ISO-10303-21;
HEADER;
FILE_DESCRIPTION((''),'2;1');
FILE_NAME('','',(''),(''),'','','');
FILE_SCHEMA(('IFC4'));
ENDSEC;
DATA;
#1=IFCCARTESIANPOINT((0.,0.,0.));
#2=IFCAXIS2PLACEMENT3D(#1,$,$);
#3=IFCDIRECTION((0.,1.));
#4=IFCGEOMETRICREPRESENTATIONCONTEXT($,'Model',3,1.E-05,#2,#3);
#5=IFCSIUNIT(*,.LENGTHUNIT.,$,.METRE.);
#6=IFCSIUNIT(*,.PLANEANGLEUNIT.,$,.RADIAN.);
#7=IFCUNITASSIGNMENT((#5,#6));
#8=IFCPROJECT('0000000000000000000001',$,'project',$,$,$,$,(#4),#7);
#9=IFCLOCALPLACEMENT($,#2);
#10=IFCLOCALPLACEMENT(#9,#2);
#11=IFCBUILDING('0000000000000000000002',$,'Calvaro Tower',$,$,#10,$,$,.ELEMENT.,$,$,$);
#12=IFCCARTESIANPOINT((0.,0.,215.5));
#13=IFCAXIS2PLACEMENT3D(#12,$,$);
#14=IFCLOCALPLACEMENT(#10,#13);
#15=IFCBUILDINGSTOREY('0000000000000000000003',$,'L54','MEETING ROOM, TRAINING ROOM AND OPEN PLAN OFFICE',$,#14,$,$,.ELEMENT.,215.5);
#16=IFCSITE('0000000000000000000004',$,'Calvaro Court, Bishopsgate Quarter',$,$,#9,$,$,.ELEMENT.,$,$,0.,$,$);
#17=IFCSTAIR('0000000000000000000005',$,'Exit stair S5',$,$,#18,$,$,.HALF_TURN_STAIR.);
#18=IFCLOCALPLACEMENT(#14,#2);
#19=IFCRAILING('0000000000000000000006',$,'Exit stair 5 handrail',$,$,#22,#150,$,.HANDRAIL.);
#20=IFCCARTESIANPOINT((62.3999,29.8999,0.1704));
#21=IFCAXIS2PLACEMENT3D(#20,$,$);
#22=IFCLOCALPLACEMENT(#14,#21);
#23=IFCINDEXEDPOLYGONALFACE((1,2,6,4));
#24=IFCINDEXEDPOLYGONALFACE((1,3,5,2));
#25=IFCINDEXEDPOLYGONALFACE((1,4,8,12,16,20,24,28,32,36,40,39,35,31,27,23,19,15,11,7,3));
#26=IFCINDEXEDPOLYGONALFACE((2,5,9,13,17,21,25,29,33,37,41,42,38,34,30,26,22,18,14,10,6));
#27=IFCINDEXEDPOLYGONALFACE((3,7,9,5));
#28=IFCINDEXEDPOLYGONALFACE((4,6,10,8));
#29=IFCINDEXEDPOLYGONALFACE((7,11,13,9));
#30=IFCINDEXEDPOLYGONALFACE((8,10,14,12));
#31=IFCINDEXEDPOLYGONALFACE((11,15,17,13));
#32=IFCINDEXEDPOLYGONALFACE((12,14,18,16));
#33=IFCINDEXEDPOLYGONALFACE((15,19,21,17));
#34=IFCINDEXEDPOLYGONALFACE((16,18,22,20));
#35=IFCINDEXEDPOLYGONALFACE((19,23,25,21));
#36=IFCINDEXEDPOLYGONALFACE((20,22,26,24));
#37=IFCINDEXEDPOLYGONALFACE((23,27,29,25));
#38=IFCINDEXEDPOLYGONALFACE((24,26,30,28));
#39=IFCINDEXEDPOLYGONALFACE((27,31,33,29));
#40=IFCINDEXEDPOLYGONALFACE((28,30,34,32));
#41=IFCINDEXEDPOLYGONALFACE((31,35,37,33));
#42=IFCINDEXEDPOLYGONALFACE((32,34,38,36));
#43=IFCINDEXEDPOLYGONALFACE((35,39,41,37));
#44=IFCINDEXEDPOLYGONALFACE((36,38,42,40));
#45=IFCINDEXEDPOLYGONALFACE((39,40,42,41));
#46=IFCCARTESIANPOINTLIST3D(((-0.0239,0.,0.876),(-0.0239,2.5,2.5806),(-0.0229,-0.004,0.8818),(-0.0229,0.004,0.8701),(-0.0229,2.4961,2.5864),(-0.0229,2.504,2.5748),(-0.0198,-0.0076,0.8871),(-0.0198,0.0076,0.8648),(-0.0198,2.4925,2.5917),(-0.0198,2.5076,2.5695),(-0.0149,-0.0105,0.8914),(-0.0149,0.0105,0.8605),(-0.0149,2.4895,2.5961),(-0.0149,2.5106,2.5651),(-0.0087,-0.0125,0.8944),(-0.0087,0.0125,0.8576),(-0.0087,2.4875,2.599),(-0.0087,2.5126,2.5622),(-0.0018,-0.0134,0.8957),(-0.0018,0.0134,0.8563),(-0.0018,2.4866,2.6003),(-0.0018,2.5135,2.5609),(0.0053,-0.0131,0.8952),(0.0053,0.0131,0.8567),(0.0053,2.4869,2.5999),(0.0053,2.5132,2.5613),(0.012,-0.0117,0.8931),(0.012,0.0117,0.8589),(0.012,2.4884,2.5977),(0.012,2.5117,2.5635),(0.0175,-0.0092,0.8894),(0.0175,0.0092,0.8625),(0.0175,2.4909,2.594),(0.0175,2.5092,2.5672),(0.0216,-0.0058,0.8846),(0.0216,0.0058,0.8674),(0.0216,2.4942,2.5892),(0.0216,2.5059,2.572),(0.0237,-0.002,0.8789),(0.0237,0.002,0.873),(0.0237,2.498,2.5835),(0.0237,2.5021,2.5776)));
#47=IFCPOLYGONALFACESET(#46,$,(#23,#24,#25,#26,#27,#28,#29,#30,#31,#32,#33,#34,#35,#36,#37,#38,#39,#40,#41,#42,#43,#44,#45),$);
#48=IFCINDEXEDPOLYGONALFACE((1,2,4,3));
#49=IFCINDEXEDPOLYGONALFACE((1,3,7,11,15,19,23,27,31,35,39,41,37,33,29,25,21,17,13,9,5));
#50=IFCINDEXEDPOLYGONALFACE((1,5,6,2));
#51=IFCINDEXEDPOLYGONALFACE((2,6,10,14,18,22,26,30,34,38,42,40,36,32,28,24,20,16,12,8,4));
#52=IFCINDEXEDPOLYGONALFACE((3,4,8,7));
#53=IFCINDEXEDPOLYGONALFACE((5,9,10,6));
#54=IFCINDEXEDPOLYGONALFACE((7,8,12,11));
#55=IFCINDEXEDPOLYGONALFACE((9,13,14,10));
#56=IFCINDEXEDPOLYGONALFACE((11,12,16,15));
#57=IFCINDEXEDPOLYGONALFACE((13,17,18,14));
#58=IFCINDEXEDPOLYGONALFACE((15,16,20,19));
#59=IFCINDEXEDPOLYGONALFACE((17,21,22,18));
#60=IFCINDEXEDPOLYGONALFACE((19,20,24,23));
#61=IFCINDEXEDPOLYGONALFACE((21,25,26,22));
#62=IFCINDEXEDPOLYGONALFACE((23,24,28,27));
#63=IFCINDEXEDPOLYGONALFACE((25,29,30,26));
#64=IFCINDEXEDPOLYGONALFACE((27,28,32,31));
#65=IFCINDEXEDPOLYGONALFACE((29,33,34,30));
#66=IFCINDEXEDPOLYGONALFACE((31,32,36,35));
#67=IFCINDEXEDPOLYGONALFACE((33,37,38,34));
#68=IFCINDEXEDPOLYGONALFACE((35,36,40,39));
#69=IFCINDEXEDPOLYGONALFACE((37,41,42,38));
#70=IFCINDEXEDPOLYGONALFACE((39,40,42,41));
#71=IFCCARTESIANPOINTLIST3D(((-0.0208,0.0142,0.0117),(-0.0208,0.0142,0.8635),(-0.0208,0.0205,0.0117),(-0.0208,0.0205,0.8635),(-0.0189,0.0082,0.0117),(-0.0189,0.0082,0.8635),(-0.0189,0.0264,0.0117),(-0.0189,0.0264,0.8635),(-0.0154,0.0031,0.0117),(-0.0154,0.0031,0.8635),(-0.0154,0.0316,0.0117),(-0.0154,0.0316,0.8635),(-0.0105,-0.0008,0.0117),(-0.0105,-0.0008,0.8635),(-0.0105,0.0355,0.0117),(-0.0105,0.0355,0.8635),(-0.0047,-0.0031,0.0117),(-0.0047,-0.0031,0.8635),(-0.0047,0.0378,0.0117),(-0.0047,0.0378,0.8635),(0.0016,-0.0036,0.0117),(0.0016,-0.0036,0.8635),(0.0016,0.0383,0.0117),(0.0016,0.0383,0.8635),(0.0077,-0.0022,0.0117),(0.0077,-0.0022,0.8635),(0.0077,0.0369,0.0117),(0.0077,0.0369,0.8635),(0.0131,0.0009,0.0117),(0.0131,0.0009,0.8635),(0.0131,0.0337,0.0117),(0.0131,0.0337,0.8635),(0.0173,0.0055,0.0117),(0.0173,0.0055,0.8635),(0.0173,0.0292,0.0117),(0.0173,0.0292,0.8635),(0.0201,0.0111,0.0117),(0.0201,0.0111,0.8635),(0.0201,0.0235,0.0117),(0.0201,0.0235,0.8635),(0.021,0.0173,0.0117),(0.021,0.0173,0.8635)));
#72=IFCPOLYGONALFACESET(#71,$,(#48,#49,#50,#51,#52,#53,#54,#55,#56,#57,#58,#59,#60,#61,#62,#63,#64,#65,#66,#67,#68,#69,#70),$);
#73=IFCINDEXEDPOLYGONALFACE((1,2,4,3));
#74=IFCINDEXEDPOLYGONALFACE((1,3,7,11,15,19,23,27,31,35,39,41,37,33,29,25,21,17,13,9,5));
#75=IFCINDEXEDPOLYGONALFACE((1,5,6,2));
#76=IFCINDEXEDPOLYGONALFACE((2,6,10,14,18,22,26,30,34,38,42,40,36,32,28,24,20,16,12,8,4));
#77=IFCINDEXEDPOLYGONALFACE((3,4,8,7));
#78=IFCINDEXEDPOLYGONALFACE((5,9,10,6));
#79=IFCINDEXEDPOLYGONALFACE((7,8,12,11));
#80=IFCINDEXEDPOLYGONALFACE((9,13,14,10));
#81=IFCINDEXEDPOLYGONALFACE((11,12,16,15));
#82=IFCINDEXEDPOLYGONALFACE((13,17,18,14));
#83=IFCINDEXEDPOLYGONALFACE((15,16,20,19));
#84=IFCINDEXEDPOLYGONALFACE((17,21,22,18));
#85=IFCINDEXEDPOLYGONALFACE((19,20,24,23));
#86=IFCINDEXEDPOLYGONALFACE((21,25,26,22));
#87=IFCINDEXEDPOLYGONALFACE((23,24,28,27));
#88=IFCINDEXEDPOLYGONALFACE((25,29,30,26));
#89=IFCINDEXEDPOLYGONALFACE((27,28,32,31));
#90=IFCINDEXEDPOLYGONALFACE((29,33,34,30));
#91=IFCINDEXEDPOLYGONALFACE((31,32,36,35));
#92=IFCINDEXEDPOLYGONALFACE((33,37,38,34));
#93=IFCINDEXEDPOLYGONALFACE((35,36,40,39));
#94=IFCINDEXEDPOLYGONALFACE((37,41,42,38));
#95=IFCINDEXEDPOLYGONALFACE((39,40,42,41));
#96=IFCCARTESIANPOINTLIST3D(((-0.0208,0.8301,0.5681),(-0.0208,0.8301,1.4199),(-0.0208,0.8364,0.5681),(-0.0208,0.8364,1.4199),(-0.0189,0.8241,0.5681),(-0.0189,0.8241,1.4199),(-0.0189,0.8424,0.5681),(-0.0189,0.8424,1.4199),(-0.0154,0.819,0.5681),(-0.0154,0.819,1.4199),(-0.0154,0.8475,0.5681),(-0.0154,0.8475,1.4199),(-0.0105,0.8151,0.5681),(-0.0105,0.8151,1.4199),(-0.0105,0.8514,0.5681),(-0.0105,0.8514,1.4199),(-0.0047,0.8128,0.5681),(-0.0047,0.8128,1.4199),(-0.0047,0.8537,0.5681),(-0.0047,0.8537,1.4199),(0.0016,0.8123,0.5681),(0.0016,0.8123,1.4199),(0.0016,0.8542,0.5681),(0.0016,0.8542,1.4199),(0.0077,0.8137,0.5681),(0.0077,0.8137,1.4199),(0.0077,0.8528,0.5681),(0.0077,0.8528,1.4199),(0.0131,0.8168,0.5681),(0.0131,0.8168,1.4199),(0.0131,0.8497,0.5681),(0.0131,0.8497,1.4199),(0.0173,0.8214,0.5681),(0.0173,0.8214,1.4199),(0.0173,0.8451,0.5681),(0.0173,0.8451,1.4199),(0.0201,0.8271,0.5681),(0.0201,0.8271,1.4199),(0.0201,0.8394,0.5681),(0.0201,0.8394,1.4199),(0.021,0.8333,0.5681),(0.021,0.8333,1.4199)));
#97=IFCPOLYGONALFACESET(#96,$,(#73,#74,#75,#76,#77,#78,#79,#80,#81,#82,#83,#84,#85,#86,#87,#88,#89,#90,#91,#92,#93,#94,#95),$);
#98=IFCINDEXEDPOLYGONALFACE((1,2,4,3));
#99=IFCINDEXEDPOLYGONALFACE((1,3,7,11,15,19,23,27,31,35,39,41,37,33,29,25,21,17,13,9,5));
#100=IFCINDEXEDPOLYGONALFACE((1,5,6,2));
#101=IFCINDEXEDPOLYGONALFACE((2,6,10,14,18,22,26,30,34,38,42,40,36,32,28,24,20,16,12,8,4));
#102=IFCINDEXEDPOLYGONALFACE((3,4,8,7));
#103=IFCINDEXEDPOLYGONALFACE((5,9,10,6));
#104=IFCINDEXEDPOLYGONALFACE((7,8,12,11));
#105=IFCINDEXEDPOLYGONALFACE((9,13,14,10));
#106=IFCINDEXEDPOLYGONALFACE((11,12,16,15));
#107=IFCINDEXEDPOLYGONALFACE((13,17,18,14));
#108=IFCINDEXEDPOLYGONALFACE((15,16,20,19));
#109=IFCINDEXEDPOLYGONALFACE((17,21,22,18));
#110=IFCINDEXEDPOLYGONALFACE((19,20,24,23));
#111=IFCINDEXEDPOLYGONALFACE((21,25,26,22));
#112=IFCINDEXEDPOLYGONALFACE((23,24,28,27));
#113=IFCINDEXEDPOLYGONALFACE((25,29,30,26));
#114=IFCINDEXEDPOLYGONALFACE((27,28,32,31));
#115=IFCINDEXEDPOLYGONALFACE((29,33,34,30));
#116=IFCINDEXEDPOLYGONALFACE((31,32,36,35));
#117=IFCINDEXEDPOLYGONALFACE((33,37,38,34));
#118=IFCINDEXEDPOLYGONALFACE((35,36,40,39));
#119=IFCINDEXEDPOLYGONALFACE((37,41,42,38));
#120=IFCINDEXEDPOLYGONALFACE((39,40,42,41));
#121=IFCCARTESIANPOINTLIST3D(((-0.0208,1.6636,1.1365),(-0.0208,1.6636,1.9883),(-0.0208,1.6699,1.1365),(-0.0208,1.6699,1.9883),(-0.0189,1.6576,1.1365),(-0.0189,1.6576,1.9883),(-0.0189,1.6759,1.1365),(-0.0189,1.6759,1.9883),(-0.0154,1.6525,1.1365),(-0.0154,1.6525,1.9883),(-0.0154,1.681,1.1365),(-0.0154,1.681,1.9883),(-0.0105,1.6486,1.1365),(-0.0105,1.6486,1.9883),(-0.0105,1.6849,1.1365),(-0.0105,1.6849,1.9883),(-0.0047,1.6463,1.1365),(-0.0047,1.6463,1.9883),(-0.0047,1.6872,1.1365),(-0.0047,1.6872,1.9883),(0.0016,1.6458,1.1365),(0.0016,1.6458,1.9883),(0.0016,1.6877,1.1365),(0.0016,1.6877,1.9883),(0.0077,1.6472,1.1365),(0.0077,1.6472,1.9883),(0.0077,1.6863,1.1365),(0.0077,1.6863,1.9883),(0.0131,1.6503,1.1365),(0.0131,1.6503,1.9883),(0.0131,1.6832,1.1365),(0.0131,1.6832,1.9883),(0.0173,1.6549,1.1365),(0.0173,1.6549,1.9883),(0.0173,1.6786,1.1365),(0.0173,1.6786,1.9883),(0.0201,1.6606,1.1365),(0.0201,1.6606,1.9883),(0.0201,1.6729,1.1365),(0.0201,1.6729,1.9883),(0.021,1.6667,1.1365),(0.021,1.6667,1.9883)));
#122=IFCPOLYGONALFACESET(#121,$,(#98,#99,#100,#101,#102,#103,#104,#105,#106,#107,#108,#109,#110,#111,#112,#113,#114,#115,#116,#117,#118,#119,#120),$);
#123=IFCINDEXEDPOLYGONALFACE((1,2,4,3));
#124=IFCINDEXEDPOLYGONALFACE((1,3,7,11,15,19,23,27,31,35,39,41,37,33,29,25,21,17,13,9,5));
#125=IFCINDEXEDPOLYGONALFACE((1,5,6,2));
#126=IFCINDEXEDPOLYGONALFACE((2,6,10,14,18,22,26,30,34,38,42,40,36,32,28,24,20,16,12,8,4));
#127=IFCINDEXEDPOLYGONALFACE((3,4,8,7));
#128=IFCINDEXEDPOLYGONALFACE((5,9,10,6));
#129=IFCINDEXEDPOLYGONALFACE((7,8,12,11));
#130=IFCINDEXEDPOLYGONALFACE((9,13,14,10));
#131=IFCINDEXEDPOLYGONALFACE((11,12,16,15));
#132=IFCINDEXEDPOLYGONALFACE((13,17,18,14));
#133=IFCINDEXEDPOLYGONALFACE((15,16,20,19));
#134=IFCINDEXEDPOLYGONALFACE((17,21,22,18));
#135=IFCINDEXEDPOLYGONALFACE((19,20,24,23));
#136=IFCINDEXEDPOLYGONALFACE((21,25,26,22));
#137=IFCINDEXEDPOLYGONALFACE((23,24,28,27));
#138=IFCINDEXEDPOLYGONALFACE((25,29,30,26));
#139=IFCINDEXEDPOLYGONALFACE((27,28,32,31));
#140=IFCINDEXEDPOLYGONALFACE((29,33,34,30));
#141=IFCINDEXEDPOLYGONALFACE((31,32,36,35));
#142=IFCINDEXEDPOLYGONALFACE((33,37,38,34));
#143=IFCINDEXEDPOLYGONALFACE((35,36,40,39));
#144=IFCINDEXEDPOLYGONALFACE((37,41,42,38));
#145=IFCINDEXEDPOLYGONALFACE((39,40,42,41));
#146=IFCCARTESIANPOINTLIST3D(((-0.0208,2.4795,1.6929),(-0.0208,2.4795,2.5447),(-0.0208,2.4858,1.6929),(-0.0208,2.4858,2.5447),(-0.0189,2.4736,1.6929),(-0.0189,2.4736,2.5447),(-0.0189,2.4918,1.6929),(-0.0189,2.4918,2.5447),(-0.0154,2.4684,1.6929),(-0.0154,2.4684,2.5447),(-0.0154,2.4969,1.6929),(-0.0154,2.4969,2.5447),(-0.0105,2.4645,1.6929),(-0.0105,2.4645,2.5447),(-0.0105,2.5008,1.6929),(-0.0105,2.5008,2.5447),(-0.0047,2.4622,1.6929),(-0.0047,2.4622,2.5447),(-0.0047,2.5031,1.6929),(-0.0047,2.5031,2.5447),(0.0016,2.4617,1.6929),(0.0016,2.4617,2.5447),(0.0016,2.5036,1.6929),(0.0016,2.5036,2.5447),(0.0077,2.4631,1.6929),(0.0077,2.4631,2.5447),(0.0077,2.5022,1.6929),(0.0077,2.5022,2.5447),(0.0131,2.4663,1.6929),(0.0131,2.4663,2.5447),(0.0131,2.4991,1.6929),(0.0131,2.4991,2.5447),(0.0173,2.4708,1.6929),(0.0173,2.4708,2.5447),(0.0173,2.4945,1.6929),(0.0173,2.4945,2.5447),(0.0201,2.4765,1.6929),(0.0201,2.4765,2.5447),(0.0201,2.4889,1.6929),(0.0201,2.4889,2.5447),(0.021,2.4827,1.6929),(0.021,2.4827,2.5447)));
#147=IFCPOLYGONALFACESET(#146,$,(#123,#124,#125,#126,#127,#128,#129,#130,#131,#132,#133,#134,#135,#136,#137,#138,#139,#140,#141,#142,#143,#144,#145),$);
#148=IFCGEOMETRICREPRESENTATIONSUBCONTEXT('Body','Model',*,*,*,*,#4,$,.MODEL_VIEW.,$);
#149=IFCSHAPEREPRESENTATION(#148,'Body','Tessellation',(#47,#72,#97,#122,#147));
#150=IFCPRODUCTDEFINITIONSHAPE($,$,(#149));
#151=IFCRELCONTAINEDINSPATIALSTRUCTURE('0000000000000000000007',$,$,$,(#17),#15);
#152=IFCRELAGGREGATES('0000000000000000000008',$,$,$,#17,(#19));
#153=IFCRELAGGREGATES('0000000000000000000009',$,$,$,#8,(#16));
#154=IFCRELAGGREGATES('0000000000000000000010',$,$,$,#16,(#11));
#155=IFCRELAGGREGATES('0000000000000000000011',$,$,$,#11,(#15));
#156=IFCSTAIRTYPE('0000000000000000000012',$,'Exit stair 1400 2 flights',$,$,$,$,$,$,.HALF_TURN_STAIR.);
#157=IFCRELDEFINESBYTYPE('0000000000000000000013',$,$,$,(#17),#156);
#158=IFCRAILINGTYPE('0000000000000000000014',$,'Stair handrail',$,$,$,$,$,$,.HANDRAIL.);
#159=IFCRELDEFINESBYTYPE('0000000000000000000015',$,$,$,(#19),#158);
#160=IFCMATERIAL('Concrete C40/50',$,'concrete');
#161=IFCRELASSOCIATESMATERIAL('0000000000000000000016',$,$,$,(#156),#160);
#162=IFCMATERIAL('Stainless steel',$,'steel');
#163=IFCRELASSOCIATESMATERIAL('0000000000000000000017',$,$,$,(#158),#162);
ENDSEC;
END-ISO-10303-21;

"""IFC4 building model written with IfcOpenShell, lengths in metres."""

from ifc_helpers import new_model, si_unit, direction, frame, origin, origin_2d, place, context, subcontext, project, spatial, circle, extrude, material, type_object, element, aggregate, save


model = new_model("IFC4")

# Units and contexts
model_context = context("Model", 3, precision=1e-05, world=origin(), true_north=direction((0.0, 1.0)))
body_context = subcontext(model_context, "Body", "Model", "MODEL_VIEW")
ifc_project = project(units=[si_unit("LENGTHUNIT", "METRE"), si_unit("PLANEANGLEUNIT", "RADIAN")], contexts=[model_context])

# Site, building, storey
site_placement = place(None, origin())
site = spatial("IfcSite", under=ifc_project, at=site_placement, Name="Calvaro Court, Bishopsgate Quarter", CompositionType="ELEMENT", RefElevation=0.0)
building_placement = place(site_placement, origin())
building = spatial("IfcBuilding", under=site, at=building_placement, Name="Calvaro Tower", CompositionType="ELEMENT")
storey_placement = place(building_placement, frame((0.0, 0.0, 215.5)))
storey = spatial("IfcBuildingStorey", under=building, at=storey_placement, Name="L54", Description="MEETING ROOM, TRAINING ROOM AND OPEN PLAN OFFICE", CompositionType="ELEMENT", Elevation=215.5)

# Stair
ifc_material_1 = material(Name="Concrete C40/50", Category="concrete")
stair_type = type_object("IfcStairType", Name="Exit stair 1400 2 flights", PredefinedType="HALF_TURN_STAIR", material=ifc_material_1)
stair_1_placement = place(storey_placement, origin())
stair_1 = element("IfcStair", 1, at=stair_1_placement, inside=storey, type_object=stair_type, Name="Exit stair S5", PredefinedType="HALF_TURN_STAIR")

# Shared definitions
ifc_material_2 = material(Name="Stainless steel", Category="steel")
railing_type = type_object("IfcRailingType", Name="Stair handrail", PredefinedType="HANDRAIL", material=ifc_material_2)

# Railing
railing_1_placement = place(storey_placement, frame((62.3999, 29.8999, 0.1704)))
railing_1 = element("IfcRailing", 2, at=railing_1_placement, type_object=railing_type, Name="Exit stair 5 handrail", PredefinedType="HANDRAIL", context=body_context, shape_type="SweptSolid", body=[
    extrude(circle(Radius=0.0239, at=origin_2d()), frame((0.0, 0.0, 0.876), z_axis=(0.0, 0.826221, 0.563347), x_axis=(-1.0, 0.0, 0.0)), (0.0, 0.0, 1.0), 3.0259),
    extrude(circle(Radius=0.021, at=origin_2d()), frame((0.0, 0.0173, 0.0117)), (0.0, 0.0, 1.0), 0.8518),
    extrude(circle(Radius=0.021, at=origin_2d()), frame((0.0, 0.8333, 0.5681)), (0.0, 0.0, 1.0), 0.8518),
    extrude(circle(Radius=0.021, at=origin_2d()), frame((0.0, 1.6667, 1.1365)), (0.0, 0.0, 1.0), 0.8518),
    extrude(circle(Radius=0.021, at=origin_2d()), frame((0.0, 2.4827, 1.6929)), (0.0, 0.0, 1.0), 0.8518),
])
aggregate(stair_1, [railing_1])

save(model, "model.ifc")
